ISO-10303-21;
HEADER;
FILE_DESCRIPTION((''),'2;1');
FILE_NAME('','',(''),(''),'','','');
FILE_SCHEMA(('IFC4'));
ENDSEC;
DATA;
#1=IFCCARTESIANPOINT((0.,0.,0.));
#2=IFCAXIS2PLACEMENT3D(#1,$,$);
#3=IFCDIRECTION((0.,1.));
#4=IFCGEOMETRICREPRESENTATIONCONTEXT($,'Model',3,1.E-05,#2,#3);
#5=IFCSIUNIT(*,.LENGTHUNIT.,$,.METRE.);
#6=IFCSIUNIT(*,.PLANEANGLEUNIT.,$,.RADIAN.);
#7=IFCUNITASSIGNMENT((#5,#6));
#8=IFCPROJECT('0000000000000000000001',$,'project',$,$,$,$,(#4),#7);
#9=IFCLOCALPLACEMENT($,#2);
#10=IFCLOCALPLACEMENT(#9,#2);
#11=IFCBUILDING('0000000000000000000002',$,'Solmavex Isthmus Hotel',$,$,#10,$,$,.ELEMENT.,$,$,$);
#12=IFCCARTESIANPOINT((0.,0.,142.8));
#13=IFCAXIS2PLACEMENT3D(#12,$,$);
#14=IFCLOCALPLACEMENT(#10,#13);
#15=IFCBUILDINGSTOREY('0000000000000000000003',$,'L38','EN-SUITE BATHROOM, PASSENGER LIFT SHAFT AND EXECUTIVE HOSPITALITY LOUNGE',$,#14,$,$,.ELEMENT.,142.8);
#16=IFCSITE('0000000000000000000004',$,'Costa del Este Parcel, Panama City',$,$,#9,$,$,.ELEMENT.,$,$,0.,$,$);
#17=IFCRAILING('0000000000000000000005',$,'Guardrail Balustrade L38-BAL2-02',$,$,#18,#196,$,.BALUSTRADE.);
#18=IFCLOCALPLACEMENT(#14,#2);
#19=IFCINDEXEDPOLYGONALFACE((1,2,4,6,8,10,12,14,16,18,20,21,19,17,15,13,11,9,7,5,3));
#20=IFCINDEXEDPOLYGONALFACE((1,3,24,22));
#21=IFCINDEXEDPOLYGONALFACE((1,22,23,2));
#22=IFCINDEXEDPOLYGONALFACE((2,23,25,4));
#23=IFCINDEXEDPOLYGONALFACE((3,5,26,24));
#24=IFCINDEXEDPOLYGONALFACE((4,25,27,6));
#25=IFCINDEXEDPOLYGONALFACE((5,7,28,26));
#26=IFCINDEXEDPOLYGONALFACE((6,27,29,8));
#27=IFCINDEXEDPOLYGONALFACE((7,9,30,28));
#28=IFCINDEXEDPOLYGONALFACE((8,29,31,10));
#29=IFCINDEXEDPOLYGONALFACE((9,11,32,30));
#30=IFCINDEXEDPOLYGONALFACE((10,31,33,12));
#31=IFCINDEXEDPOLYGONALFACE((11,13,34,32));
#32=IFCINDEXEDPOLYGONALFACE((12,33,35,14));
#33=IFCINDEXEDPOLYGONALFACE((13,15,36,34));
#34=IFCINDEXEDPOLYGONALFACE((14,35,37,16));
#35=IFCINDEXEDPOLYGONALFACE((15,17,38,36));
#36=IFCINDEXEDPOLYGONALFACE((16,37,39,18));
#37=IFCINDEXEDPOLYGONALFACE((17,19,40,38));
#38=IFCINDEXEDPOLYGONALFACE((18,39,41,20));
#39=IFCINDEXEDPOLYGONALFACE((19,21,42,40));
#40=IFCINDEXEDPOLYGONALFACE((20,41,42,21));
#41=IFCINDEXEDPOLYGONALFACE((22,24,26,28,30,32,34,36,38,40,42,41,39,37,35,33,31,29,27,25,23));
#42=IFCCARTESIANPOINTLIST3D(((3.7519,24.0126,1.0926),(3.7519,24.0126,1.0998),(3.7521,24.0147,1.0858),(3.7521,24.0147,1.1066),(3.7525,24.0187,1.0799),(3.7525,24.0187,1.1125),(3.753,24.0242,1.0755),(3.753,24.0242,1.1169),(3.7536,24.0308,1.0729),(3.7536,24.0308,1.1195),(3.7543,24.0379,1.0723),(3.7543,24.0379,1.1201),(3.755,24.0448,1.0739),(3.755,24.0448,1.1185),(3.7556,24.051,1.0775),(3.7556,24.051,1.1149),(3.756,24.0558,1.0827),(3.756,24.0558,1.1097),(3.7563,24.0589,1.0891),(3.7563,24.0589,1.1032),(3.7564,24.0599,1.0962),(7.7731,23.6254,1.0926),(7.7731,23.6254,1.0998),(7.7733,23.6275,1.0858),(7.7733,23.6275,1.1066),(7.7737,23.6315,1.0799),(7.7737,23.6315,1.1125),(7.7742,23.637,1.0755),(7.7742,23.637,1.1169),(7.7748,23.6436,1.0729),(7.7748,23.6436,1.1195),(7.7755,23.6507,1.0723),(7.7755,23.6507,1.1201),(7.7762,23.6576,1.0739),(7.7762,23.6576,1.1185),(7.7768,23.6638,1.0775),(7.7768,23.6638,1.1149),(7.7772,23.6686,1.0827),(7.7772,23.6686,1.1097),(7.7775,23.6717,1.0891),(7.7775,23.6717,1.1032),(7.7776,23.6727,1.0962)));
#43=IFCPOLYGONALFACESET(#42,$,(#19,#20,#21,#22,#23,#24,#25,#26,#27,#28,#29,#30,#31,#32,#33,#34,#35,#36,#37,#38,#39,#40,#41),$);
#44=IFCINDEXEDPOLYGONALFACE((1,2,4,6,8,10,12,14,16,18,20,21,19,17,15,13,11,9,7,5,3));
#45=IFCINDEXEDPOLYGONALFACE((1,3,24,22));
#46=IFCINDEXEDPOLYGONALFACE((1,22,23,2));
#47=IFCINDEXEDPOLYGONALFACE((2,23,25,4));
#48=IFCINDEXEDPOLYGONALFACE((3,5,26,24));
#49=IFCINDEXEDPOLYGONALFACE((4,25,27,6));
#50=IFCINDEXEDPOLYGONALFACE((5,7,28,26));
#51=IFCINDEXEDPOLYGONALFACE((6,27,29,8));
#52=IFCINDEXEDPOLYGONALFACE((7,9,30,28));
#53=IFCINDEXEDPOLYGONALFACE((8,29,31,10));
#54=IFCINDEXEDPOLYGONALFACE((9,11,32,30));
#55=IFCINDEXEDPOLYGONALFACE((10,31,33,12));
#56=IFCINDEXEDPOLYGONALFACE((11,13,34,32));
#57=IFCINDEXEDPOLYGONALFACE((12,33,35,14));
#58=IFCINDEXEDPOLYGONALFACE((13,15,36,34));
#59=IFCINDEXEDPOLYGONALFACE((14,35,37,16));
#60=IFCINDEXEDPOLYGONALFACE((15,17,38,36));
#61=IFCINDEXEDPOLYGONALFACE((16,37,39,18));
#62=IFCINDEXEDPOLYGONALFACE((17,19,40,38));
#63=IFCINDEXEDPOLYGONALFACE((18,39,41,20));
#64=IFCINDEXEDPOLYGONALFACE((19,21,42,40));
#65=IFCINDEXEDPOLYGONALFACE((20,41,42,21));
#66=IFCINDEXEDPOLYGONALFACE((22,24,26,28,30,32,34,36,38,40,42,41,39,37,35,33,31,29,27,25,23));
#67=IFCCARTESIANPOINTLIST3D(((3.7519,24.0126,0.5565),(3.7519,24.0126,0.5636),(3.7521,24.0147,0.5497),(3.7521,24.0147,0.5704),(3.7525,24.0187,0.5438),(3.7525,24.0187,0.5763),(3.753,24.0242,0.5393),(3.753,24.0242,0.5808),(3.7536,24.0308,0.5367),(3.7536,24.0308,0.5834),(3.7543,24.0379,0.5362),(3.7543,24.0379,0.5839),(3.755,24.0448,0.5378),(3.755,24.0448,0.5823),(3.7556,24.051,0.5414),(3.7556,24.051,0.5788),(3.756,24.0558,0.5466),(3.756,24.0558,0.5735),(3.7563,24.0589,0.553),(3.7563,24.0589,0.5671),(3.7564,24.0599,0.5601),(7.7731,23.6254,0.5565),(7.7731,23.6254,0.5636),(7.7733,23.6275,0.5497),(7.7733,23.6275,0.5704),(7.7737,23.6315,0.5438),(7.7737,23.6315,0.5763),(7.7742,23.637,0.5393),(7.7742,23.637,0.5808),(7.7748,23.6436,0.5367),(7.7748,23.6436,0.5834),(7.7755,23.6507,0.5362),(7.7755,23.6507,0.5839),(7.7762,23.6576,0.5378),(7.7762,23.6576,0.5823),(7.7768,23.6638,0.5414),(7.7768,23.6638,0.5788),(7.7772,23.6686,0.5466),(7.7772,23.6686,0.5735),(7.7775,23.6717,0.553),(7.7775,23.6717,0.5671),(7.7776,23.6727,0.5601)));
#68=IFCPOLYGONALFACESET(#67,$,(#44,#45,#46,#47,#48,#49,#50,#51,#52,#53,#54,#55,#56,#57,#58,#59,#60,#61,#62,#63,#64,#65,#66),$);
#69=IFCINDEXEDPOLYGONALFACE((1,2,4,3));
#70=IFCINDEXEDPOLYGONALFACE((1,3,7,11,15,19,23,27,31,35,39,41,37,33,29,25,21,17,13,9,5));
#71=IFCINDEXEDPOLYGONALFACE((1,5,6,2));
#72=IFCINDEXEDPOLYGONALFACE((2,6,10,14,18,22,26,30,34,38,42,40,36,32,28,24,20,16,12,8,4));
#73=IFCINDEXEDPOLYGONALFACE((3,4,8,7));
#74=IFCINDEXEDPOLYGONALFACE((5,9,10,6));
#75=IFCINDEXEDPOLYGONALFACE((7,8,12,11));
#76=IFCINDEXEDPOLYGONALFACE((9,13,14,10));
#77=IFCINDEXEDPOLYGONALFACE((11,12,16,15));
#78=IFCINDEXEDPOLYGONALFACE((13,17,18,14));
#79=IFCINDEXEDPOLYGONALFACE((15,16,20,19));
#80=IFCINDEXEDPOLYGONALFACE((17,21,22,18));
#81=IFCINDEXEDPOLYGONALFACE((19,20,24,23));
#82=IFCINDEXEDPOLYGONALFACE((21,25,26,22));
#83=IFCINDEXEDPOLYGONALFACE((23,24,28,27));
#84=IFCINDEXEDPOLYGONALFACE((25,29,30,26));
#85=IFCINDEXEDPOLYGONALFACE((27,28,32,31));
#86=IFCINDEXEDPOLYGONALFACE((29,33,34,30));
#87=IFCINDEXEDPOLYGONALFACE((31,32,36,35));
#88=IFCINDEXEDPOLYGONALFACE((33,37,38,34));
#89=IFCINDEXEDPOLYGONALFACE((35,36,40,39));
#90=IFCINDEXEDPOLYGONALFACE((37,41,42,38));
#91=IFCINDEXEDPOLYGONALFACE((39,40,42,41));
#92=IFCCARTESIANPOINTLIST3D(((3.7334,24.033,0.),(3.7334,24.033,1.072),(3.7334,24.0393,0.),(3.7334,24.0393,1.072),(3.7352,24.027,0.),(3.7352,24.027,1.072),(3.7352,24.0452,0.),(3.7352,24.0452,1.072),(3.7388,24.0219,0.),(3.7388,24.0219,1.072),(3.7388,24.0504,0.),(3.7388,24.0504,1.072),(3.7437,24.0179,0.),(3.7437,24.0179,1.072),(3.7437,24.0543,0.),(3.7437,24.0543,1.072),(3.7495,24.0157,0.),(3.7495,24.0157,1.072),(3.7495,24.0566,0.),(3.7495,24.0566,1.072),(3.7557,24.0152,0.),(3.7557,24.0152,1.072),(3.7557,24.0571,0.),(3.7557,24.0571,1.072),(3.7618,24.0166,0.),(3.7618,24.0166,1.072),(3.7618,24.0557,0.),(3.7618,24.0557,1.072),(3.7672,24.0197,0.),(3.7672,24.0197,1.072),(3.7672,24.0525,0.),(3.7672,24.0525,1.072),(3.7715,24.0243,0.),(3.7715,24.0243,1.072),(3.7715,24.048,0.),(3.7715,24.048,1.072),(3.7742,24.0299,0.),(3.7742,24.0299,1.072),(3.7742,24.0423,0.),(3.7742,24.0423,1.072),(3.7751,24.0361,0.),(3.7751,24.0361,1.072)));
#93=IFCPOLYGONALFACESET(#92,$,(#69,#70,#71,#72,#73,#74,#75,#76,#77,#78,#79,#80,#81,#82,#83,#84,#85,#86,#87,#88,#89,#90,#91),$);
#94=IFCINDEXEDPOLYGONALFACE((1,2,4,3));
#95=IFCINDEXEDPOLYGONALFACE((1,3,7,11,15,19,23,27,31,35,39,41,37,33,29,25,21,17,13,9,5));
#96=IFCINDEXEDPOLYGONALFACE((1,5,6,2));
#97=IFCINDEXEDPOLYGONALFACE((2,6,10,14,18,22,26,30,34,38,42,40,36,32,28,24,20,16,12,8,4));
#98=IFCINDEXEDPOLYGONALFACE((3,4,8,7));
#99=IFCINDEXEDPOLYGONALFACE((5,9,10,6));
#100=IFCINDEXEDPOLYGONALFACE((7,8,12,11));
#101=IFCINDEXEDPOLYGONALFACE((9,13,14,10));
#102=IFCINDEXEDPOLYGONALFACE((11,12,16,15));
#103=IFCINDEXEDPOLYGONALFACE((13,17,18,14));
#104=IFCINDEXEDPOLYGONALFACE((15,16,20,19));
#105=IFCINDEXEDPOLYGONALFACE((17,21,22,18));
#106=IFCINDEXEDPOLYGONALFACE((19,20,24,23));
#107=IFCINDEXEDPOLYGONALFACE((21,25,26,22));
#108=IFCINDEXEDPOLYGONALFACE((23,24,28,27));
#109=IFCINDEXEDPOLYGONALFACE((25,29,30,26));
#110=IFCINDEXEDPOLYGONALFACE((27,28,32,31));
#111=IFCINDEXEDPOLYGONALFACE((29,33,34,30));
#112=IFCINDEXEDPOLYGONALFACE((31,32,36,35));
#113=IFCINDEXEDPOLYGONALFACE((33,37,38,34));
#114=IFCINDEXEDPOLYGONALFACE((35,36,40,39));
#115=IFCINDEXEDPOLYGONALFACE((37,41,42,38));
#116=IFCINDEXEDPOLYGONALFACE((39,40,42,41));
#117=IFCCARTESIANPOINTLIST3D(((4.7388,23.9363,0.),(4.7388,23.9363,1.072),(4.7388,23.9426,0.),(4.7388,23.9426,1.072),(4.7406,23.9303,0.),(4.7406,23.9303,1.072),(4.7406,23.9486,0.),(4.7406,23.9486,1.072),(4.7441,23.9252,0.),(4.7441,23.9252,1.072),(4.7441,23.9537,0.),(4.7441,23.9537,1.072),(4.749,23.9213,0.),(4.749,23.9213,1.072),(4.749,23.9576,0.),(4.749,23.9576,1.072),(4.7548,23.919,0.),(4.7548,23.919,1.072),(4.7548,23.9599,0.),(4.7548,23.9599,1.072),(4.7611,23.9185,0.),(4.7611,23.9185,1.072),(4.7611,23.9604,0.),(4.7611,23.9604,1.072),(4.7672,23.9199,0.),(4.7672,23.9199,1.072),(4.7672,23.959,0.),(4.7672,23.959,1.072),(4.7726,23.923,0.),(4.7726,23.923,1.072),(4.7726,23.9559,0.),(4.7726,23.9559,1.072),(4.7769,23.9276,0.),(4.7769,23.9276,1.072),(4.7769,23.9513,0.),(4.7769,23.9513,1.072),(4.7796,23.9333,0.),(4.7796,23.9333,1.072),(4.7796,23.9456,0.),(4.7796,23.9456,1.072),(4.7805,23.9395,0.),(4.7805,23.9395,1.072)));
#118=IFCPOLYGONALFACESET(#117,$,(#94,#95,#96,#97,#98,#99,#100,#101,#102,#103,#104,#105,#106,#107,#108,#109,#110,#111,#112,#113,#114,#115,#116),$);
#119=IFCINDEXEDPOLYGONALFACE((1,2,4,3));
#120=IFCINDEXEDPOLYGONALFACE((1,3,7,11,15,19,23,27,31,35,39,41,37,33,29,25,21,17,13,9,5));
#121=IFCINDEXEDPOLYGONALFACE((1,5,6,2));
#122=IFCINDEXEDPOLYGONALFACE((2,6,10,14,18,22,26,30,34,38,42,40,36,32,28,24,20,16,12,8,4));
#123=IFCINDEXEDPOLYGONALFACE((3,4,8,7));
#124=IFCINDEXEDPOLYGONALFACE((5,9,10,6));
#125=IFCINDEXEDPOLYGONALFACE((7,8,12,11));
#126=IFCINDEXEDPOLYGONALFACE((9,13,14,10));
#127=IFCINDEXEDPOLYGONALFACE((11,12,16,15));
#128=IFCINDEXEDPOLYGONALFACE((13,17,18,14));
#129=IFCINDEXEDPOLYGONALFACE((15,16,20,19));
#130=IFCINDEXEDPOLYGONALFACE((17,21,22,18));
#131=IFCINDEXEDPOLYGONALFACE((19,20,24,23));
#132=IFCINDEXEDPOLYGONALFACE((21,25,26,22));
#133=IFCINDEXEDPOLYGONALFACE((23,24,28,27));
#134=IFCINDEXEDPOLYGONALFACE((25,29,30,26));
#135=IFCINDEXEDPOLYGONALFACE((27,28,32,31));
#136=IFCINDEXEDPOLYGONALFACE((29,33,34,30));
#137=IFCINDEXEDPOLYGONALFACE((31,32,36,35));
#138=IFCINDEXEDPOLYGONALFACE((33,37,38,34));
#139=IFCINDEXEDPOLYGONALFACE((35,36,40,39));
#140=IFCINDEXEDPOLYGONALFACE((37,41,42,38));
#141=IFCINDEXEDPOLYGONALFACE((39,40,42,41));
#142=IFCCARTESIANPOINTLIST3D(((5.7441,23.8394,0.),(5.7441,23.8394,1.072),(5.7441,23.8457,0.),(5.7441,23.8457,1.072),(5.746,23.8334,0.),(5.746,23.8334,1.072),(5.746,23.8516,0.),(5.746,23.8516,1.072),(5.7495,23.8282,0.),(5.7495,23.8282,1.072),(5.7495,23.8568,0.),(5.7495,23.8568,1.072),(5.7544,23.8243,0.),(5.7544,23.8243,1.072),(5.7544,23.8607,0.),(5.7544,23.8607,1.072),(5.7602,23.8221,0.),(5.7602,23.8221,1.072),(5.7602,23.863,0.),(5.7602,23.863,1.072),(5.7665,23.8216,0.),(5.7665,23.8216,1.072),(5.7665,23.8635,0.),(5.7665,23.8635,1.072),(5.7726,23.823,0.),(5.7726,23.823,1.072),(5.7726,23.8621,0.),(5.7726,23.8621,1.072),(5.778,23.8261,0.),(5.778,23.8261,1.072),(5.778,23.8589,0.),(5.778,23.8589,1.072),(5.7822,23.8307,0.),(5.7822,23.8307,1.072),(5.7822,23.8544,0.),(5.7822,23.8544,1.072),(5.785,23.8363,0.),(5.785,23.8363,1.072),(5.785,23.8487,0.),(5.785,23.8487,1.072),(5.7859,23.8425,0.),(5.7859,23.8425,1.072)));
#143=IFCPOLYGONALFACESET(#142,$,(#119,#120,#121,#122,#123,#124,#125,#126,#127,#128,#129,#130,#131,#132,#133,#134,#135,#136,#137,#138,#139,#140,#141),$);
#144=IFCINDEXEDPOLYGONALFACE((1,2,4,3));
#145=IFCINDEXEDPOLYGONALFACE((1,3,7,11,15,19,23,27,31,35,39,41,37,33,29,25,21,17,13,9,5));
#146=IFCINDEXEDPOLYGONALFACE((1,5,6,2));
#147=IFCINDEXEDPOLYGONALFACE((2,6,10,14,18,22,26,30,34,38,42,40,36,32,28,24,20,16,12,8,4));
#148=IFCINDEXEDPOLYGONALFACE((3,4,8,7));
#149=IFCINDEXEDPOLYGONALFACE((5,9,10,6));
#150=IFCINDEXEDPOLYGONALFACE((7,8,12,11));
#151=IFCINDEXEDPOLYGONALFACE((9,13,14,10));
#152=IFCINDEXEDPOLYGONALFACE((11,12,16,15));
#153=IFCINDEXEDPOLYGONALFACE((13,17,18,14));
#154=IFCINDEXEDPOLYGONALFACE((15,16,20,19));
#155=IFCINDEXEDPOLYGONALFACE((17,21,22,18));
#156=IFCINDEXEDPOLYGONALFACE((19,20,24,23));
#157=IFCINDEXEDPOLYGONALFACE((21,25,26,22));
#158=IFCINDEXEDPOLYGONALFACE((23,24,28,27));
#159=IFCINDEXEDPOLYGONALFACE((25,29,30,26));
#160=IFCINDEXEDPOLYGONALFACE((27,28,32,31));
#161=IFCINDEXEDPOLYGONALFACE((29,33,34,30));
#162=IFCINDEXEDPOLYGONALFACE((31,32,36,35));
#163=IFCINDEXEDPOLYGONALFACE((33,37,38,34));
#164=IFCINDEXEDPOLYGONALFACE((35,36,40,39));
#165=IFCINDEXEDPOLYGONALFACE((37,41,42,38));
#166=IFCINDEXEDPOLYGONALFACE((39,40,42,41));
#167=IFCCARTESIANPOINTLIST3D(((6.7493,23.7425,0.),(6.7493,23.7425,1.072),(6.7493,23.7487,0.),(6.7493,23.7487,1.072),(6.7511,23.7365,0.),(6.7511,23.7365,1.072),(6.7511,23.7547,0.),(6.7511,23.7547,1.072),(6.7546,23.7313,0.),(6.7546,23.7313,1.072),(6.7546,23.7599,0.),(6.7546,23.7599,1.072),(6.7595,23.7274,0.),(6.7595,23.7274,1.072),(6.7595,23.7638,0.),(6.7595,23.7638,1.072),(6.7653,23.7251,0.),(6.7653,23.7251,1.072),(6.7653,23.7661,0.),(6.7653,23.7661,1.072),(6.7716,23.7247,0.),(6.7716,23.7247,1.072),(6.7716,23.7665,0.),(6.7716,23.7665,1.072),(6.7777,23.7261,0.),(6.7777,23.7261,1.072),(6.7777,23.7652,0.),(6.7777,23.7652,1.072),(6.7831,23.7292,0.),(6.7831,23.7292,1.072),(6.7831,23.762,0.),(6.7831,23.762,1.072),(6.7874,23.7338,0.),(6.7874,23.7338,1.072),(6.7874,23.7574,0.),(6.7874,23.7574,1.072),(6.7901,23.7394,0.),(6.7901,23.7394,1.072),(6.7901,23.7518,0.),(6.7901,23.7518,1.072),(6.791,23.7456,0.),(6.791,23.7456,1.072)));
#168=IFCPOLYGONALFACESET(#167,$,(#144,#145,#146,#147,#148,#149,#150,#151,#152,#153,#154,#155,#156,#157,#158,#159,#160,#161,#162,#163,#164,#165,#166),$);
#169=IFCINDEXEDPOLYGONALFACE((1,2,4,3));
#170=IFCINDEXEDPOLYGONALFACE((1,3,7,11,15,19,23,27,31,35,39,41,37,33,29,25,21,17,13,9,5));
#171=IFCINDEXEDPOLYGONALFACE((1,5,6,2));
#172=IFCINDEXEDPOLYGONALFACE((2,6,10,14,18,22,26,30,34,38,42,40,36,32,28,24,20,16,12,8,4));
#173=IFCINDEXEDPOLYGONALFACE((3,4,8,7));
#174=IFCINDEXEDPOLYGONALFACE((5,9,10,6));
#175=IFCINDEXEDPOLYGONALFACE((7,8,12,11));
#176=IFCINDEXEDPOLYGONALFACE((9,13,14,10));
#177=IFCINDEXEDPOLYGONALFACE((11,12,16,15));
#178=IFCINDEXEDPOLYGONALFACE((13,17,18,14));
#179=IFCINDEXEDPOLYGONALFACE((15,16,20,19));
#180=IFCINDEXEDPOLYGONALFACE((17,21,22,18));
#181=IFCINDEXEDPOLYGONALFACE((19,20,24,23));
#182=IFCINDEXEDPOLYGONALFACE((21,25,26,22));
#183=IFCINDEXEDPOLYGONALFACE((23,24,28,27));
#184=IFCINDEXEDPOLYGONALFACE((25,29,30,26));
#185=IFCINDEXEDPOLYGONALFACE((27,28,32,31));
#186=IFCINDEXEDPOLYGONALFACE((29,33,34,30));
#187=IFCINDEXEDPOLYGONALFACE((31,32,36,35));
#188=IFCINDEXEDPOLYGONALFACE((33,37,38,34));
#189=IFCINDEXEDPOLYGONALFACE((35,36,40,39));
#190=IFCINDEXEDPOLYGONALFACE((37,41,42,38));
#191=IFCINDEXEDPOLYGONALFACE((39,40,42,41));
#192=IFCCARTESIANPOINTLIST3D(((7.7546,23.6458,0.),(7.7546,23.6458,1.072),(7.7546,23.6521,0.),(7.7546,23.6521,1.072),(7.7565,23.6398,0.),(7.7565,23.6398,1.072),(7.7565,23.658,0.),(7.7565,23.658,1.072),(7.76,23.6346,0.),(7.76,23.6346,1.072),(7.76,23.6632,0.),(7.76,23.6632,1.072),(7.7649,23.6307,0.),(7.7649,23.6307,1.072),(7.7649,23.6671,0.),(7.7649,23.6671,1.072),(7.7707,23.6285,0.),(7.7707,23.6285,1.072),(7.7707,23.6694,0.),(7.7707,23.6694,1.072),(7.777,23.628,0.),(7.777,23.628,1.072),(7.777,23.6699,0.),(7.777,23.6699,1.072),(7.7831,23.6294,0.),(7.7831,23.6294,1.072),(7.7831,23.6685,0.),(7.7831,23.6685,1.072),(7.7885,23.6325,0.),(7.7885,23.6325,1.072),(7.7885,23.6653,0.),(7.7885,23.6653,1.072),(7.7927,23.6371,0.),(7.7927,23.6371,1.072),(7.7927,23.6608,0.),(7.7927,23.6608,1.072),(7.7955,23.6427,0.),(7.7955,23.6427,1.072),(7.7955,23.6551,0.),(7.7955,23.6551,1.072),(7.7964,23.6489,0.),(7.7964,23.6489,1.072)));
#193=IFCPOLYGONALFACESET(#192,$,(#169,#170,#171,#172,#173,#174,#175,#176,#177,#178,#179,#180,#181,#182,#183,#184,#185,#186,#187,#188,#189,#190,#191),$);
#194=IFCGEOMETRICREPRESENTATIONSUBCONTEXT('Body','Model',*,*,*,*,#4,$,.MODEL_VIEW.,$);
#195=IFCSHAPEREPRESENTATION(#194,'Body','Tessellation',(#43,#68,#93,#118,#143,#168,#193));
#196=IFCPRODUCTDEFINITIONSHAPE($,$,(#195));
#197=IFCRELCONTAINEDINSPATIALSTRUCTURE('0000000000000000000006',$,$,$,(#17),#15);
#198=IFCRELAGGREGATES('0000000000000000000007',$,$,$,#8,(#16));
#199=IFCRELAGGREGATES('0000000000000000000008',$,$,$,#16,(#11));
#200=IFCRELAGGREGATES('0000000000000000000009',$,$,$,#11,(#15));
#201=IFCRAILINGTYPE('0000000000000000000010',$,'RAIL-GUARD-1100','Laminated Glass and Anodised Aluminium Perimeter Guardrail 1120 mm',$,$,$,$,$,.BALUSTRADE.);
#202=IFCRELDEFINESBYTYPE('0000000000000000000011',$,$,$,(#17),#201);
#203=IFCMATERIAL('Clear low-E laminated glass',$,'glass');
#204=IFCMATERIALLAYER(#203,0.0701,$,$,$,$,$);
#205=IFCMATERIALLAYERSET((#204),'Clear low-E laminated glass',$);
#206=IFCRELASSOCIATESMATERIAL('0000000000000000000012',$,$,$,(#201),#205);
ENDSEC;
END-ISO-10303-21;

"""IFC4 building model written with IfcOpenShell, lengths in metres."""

from ifc_helpers import new_model, si_unit, direction, frame, origin, origin_2d, place, context, subcontext, project, spatial, circle, extrude, material, layer, layer_set, type_object, element, save


model = new_model("IFC4")

# Units and contexts
model_context = context("Model", 3, precision=1e-05, world=origin(), true_north=direction((0.0, 1.0)))
body_context = subcontext(model_context, "Body", "Model", "MODEL_VIEW")
ifc_project = project(units=[si_unit("LENGTHUNIT", "METRE"), si_unit("PLANEANGLEUNIT", "RADIAN")], contexts=[model_context])

# Site, building, storey
site_placement = place(None, origin())
site = spatial("IfcSite", under=ifc_project, at=site_placement, Name="Costa del Este Parcel, Panama City", CompositionType="ELEMENT", RefElevation=0.0)
building_placement = place(site_placement, origin())
building = spatial("IfcBuilding", under=site, at=building_placement, Name="Solmavex Isthmus Hotel", CompositionType="ELEMENT")
storey_placement = place(building_placement, frame((0.0, 0.0, 142.8)))
storey = spatial("IfcBuildingStorey", under=building, at=storey_placement, Name="L38", Description="EN-SUITE BATHROOM, PASSENGER LIFT SHAFT AND EXECUTIVE HOSPITALITY LOUNGE", CompositionType="ELEMENT", Elevation=142.8)

# Shared definitions
ifc_material_1 = material(Name="Clear low-E laminated glass", Category="glass")

# Railing
ifc_layer_1 = layer(ifc_material_1, 0.0701)
ifc_layer_set_1 = layer_set([ifc_layer_1], Name="Clear low-E laminated glass")
railing_type = type_object("IfcRailingType", Name="RAIL-GUARD-1100", Description="Laminated Glass and Anodised Aluminium Perimeter Guardrail 1120 mm", PredefinedType="BALUSTRADE", material=ifc_layer_set_1)
railing_1_placement = place(storey_placement, frame((3.7542, 24.0361, 0.0)))
element("IfcRailing", 1, at=railing_1_placement, inside=storey, type_object=railing_type, Name="Guardrail Balustrade L38-BAL2-02", PredefinedType="BALUSTRADE", context=body_context, shape_type="SweptSolid", body=[
    extrude(circle(Radius=0.0239, at=origin_2d()), frame((0.0, 0.0, 1.0962), z_axis=(0.995396, -0.095847, 0.0), x_axis=(0.095847, 0.995396, 0.0)), (0.0, 0.0, 1.0), 4.0398),
    extrude(circle(Radius=0.0239, at=origin_2d()), frame((0.0, 0.0, 0.5601), z_axis=(0.995396, -0.095847, 0.0), x_axis=(0.095847, 0.995396, 0.0)), (0.0, 0.0, 1.0), 4.0398),
    extrude(circle(Radius=0.021, at=origin_2d()), origin(), (0.0, 0.0, 1.0), 1.072),
    extrude(circle(Radius=0.021, at=origin_2d()), frame((1.0054, -0.0967, 0.0)), (0.0, 0.0, 1.0), 1.072),
    extrude(circle(Radius=0.021, at=origin_2d()), frame((2.0107, -0.1936, 0.0)), (0.0, 0.0, 1.0), 1.072),
    extrude(circle(Radius=0.021, at=origin_2d()), frame((3.0159, -0.2905, 0.0)), (0.0, 0.0, 1.0), 1.072),
    extrude(circle(Radius=0.021, at=origin_2d()), frame((4.0212, -0.3872, 0.0)), (0.0, 0.0, 1.0), 1.072),
])

save(model, "model.ifc")
